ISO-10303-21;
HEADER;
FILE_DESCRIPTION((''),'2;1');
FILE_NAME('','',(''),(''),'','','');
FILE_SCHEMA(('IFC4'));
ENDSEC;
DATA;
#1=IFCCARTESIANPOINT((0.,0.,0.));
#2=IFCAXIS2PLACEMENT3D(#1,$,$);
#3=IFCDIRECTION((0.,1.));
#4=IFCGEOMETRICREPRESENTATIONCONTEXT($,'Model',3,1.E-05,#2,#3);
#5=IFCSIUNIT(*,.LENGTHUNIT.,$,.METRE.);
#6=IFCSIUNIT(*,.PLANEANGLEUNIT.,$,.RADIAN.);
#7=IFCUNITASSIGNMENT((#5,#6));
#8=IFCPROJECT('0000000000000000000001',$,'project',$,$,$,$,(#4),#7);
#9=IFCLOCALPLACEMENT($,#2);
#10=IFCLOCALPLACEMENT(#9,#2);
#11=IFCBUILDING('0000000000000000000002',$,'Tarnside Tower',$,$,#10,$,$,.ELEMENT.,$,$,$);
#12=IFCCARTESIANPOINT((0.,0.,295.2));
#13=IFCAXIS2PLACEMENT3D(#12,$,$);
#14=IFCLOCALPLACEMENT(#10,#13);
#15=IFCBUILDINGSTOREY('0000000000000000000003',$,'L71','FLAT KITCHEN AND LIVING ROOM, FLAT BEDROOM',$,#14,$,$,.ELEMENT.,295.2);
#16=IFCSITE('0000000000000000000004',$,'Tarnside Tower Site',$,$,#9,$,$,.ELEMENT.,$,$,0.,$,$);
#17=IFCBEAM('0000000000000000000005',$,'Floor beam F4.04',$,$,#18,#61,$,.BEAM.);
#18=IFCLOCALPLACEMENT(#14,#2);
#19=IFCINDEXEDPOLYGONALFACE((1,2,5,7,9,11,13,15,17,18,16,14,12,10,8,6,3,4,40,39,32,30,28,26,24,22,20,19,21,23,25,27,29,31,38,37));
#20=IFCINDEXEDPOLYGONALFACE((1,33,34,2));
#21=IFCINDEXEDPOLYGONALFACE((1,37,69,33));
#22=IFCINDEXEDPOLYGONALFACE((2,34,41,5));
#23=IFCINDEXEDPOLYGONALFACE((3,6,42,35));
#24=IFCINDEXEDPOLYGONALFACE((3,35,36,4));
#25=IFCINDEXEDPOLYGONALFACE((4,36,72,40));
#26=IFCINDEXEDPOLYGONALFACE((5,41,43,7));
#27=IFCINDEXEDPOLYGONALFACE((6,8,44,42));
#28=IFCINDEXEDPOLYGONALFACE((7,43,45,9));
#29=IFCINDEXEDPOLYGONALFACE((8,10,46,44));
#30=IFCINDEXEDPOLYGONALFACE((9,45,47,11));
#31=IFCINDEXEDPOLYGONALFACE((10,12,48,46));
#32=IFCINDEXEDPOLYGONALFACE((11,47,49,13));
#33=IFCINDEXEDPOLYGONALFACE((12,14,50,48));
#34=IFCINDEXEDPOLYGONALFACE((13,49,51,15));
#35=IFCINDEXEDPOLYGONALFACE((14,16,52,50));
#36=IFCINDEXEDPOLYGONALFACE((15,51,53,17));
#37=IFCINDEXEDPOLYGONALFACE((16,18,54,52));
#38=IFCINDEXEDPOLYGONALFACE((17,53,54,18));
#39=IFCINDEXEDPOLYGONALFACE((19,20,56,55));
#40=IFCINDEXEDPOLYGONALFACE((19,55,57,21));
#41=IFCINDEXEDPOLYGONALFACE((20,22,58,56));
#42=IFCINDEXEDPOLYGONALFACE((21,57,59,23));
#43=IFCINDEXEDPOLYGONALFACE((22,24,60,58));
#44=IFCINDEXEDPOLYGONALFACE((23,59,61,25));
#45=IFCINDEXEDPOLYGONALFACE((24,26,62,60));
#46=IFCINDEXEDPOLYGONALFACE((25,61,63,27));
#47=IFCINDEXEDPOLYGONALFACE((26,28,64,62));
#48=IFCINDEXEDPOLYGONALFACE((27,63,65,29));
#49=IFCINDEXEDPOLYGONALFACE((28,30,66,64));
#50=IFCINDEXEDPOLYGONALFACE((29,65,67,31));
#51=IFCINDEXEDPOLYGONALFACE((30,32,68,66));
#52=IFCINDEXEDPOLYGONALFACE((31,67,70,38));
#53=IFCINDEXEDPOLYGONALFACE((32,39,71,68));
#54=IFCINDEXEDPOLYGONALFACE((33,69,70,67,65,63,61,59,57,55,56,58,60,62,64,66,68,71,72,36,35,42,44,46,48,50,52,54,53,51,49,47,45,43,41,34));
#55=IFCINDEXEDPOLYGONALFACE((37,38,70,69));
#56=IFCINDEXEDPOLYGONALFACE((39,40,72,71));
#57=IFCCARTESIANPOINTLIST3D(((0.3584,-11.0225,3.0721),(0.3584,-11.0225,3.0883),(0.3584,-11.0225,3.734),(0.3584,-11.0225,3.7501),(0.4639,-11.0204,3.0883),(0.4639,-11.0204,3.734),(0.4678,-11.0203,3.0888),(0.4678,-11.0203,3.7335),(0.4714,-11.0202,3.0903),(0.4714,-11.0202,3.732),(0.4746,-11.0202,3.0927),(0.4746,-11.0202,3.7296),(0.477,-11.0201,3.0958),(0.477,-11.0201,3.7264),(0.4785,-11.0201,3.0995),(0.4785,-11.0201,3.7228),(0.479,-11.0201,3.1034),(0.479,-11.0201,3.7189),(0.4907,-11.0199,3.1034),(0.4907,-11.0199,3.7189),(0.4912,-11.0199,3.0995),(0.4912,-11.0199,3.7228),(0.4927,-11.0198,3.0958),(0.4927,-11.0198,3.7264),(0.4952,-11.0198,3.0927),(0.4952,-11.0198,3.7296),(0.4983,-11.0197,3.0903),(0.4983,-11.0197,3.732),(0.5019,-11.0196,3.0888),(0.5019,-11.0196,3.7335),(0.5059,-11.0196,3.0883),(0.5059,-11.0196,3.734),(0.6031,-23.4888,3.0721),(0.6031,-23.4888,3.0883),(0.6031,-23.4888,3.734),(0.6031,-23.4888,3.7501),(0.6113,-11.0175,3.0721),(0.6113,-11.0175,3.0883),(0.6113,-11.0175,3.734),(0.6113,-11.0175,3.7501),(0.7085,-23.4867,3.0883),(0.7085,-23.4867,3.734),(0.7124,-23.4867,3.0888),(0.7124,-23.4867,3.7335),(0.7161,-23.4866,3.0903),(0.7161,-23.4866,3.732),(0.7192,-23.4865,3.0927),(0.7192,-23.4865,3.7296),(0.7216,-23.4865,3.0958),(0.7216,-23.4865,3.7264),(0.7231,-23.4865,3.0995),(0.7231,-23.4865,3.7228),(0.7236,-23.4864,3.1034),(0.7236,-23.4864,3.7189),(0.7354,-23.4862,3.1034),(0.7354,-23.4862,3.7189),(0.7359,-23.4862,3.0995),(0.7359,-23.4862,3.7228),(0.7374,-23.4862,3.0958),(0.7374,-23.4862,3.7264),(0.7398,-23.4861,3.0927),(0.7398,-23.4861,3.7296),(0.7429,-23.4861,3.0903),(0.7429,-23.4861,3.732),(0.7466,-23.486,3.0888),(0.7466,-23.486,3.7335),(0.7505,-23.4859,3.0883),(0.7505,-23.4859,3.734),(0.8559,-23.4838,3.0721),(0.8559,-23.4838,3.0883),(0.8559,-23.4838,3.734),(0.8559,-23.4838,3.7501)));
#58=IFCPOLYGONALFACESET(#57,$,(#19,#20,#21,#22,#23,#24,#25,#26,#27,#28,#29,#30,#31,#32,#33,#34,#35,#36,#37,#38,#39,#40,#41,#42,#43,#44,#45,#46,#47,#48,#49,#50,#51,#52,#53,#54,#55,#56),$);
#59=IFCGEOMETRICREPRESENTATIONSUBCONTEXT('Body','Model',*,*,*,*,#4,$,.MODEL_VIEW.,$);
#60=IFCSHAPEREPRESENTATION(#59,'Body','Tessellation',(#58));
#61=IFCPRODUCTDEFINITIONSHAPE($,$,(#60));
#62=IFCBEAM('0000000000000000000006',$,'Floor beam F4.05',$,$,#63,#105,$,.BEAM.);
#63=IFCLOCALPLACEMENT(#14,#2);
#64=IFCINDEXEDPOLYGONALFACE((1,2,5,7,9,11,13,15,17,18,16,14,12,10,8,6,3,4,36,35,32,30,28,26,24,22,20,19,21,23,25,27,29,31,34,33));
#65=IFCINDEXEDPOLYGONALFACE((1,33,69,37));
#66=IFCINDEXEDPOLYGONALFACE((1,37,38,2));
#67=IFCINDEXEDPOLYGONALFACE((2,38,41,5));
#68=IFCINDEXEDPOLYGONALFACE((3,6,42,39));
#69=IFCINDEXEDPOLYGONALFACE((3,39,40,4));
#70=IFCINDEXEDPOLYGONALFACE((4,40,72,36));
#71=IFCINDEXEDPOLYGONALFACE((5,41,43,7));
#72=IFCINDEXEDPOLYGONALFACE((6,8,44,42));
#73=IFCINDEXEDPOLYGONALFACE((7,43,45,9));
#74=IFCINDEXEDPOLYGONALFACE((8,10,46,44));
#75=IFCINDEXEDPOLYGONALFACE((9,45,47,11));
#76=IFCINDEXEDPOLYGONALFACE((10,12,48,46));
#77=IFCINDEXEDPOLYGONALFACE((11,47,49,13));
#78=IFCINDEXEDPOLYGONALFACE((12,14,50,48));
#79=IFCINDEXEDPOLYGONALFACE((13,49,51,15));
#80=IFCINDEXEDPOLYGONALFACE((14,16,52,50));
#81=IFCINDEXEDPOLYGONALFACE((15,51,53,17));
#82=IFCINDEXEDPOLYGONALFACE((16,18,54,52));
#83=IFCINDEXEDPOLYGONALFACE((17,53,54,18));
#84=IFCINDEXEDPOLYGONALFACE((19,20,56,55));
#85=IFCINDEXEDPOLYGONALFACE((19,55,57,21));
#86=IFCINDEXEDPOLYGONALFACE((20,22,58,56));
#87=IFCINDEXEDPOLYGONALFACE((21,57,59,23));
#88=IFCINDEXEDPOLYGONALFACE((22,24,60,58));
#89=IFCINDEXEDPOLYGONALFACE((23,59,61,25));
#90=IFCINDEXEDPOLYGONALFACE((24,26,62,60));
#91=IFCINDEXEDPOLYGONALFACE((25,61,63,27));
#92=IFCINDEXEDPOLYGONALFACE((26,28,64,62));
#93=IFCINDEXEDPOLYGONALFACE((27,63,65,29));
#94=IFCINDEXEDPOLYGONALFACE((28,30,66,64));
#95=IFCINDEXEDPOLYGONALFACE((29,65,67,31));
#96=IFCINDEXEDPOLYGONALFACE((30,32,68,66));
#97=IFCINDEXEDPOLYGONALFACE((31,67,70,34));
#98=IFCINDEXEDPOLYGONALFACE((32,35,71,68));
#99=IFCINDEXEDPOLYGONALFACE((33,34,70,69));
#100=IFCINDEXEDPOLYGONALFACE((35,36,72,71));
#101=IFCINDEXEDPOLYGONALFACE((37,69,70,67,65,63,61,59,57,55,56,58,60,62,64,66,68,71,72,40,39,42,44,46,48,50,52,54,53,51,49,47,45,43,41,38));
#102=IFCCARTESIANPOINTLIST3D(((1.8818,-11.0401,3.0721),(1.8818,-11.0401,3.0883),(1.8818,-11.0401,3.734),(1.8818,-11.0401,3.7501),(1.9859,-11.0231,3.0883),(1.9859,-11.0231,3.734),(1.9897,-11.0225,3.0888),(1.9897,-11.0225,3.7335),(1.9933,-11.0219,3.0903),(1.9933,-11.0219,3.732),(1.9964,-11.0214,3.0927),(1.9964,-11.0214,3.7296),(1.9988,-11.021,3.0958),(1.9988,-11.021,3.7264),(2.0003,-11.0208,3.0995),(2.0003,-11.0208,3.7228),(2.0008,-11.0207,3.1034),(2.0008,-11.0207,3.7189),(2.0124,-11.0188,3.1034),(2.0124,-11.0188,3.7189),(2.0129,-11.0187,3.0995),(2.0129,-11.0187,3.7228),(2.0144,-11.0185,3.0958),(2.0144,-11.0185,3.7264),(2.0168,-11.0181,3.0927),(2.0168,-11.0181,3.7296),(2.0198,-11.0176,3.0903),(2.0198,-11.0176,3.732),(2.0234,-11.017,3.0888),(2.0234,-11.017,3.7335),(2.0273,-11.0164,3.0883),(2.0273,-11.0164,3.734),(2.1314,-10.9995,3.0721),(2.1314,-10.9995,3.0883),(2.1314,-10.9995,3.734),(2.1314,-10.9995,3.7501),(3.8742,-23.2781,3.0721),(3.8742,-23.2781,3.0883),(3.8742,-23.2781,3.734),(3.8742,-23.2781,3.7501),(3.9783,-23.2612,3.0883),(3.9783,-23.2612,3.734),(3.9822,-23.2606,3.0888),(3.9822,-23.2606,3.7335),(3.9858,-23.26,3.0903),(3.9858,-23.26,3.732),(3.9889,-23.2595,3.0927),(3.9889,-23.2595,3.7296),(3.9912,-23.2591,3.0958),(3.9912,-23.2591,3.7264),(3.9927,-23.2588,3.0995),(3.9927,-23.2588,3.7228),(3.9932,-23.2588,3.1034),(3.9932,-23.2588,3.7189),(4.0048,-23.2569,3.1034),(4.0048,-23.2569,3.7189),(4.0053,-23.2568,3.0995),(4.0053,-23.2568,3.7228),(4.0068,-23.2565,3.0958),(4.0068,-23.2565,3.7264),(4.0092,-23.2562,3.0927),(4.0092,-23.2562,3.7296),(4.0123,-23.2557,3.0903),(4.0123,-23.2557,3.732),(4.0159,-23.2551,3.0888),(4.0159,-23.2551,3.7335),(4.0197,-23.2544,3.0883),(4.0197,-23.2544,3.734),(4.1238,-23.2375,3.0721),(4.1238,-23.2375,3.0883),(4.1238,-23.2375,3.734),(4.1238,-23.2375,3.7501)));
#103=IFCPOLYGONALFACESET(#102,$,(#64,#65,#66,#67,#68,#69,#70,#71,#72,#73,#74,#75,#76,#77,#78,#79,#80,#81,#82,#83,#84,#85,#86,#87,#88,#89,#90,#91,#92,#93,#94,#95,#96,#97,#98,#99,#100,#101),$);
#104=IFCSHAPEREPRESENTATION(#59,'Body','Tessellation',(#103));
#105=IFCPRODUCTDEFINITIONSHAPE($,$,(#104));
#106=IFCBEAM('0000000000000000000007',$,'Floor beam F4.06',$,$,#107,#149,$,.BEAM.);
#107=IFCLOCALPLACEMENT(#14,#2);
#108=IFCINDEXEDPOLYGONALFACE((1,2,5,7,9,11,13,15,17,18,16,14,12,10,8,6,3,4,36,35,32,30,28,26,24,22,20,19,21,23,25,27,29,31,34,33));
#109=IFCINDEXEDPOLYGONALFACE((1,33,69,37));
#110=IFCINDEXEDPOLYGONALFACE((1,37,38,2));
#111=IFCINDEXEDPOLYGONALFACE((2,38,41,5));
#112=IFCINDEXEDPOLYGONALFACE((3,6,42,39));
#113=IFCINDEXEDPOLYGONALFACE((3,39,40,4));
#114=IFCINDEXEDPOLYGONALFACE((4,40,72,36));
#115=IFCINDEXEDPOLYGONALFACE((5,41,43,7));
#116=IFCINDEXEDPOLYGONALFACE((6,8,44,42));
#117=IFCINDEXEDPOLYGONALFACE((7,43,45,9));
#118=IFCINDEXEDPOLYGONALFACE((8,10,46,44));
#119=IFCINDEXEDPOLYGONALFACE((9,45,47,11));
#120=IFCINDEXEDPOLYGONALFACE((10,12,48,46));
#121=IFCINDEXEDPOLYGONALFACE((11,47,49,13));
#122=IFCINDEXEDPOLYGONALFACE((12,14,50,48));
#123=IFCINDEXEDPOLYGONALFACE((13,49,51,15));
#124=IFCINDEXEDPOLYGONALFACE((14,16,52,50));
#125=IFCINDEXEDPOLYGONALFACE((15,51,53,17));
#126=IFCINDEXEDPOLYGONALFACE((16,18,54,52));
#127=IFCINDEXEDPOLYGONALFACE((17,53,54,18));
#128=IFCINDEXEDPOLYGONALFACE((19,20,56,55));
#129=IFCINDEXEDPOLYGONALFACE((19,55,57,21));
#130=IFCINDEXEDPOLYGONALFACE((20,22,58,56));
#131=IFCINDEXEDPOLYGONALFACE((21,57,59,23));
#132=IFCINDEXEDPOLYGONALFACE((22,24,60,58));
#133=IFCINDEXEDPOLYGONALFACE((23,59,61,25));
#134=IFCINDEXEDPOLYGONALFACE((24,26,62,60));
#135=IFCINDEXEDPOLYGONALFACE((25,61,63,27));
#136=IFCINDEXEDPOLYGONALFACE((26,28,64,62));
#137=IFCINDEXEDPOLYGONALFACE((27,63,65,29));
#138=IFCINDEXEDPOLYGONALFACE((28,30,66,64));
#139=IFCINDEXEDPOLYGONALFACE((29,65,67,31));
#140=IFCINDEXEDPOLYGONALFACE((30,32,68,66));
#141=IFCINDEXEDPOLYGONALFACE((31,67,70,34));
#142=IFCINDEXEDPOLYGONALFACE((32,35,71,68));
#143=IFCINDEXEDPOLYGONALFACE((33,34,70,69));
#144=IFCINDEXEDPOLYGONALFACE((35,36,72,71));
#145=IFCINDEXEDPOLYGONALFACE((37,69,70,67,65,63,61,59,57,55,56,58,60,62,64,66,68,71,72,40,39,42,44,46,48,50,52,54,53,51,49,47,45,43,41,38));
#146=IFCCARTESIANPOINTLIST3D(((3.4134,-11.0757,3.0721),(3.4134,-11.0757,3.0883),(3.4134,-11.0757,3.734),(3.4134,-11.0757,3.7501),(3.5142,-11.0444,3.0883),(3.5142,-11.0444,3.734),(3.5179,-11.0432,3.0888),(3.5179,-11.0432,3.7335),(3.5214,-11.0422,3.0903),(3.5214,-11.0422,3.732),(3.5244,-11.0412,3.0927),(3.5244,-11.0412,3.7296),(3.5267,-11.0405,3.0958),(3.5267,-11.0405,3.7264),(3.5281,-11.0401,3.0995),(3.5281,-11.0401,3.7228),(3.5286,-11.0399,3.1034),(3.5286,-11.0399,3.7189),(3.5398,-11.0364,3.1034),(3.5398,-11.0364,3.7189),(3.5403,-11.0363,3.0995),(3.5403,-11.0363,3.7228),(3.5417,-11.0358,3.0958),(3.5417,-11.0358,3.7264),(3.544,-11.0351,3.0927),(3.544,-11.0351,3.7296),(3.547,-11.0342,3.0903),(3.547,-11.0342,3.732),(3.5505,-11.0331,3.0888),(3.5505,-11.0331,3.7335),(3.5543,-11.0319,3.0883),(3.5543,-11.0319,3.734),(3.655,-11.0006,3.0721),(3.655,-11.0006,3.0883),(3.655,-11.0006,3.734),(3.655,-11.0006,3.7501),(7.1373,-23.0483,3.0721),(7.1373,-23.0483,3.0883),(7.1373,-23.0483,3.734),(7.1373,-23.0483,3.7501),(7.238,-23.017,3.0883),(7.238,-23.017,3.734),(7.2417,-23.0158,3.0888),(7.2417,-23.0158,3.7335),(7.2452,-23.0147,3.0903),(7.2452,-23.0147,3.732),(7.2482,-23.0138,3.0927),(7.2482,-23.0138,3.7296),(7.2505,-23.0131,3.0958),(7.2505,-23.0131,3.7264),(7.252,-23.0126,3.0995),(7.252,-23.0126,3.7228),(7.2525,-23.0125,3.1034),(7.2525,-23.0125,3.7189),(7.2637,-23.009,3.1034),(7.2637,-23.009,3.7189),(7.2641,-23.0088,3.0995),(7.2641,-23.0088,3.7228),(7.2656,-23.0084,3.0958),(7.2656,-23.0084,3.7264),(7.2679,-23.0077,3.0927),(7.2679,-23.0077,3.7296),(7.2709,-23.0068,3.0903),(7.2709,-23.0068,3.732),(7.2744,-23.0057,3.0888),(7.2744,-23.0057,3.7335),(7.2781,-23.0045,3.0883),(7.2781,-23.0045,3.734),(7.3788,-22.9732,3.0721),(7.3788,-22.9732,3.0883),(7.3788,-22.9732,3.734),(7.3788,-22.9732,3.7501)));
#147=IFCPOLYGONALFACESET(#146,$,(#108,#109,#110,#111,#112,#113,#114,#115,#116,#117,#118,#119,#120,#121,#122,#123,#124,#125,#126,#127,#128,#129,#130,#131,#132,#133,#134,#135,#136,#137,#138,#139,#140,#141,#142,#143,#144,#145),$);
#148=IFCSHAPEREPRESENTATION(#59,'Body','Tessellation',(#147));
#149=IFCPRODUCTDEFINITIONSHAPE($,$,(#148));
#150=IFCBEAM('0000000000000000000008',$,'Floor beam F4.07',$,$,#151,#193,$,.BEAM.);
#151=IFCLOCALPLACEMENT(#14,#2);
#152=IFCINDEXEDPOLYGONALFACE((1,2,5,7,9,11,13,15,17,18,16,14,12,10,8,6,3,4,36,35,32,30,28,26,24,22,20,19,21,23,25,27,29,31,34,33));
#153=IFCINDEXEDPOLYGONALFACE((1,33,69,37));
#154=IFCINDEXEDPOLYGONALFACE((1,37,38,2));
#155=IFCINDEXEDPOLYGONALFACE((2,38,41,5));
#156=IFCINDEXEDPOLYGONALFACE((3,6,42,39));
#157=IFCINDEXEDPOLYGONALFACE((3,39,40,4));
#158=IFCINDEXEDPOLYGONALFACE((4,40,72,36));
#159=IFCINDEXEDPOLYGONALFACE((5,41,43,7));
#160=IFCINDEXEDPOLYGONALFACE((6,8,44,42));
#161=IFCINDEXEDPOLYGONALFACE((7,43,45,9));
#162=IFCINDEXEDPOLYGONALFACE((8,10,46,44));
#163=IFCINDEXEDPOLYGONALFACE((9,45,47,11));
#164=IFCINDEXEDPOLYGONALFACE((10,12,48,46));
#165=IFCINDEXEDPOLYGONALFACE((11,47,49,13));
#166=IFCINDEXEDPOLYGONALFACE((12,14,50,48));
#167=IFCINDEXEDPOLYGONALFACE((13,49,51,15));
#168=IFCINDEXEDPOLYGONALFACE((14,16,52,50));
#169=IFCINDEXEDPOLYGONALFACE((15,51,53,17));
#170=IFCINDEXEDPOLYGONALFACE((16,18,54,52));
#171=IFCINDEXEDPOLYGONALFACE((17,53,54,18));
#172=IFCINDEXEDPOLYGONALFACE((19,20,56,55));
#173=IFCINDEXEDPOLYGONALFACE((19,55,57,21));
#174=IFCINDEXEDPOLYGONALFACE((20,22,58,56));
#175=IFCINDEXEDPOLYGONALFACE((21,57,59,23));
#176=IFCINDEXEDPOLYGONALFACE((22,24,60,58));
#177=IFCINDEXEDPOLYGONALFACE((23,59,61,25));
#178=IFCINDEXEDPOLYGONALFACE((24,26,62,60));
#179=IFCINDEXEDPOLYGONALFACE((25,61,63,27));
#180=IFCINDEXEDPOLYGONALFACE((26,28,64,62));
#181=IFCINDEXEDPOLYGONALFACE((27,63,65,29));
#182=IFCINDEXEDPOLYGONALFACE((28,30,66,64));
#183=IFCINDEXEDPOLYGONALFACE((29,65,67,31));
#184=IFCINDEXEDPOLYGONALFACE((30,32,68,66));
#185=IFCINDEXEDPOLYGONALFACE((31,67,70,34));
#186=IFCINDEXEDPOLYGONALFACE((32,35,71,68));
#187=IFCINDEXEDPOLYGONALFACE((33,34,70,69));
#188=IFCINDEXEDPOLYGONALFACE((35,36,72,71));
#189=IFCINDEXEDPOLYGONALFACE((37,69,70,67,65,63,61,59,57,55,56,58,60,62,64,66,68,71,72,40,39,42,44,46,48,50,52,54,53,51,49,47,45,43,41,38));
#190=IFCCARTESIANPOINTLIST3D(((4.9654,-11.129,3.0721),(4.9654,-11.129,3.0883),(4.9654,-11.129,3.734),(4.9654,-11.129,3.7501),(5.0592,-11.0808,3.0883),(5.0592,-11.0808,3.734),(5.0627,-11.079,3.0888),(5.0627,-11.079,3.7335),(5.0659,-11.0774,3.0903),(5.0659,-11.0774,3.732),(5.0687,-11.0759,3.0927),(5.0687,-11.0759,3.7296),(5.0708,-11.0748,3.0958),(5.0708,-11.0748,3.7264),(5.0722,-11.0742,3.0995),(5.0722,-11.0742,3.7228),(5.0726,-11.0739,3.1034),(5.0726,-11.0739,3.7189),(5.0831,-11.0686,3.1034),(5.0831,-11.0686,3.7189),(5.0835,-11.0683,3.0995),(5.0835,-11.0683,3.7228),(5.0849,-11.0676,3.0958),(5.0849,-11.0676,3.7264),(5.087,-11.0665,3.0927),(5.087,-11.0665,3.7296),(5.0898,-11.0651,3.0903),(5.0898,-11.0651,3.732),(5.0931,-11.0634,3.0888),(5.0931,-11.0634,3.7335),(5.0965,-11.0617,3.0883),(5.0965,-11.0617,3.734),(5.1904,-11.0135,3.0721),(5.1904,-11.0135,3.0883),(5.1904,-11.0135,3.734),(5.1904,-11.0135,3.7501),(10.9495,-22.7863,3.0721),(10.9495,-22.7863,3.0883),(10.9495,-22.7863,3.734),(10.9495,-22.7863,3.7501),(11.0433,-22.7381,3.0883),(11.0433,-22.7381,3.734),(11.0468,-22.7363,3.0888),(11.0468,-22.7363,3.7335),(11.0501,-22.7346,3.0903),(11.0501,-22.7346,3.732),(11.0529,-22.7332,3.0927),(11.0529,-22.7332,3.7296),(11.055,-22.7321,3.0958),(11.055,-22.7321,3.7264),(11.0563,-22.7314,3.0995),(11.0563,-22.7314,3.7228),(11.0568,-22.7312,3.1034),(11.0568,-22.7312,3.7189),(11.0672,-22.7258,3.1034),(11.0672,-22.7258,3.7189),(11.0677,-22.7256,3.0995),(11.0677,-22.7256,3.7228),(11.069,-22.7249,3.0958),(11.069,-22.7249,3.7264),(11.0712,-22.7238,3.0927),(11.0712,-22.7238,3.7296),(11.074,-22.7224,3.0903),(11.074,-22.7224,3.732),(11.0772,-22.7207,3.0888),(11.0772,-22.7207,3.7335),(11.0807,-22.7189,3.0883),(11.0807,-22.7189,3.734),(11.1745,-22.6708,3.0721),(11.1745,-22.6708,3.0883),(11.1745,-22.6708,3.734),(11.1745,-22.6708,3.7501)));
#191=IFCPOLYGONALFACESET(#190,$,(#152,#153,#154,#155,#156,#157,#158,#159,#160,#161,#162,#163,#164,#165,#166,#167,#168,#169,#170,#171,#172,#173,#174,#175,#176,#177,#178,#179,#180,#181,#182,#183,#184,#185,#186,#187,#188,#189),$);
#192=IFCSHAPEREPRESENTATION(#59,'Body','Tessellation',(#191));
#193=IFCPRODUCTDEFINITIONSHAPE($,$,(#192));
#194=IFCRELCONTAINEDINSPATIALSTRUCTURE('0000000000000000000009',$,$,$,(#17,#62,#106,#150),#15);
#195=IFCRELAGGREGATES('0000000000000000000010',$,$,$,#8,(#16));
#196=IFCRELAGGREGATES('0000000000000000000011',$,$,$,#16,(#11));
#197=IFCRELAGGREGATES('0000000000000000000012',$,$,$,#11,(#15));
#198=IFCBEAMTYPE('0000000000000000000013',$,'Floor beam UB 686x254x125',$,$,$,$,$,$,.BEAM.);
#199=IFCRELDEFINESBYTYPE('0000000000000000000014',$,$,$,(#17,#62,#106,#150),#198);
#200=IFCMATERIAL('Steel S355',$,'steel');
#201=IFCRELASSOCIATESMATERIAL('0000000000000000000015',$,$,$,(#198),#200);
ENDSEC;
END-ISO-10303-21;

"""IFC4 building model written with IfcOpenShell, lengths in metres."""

from ifc_helpers import new_model, si_unit, direction, frame, origin, origin_2d, place, context, subcontext, project, spatial, i_section, extrude, material, material_profile, profile_set, type_object, element, save


model = new_model("IFC4")

# Units and contexts
model_context = context("Model", 3, precision=1e-05, world=origin(), true_north=direction((0.0, 1.0)))
body_context = subcontext(model_context, "Body", "Model", "MODEL_VIEW")
ifc_project = project(units=[si_unit("LENGTHUNIT", "METRE"), si_unit("PLANEANGLEUNIT", "RADIAN")], contexts=[model_context])

# Site, building, storey
site_placement = place(None, origin())
site = spatial("IfcSite", under=ifc_project, at=site_placement, Name="Tarnside Tower Site", CompositionType="ELEMENT", RefElevation=0.0)
building_placement = place(site_placement, origin())
building = spatial("IfcBuilding", under=site, at=building_placement, Name="Tarnside Tower", CompositionType="ELEMENT")
storey_placement = place(building_placement, frame((0.0, 0.0, 295.2)))
storey = spatial("IfcBuildingStorey", under=building, at=storey_placement, Name="L71", Description="FLAT KITCHEN AND LIVING ROOM, FLAT BEDROOM", CompositionType="ELEMENT", Elevation=295.2)

# Beams
ifc_material_1 = material(Name="Steel S355", Category="steel")
ifc_material_profile = material_profile(ifc_material_1, i_section(OverallWidth=0.2529, OverallDepth=0.678, WebThickness=0.0117, FlangeThickness=0.0161, FilletRadius=0.0151, at=origin_2d()), Name="UB 686x254x125")
ifc_profile_set = profile_set([ifc_material_profile], Name="Steel S355")
beam_type = type_object("IfcBeamType", Name="Floor beam UB 686x254x125", PredefinedType="BEAM", material=ifc_profile_set)
beam_1_placement = place(storey_placement, frame((0.7295, -23.4863, 3.4111), z_axis=(-0.019619, 0.999808, 0.0), x_axis=(-0.999808, -0.019619, 0.0)))
element("IfcBeam", 1, at=beam_1_placement, inside=storey, type_object=beam_type, Name="Floor beam F4.04", PredefinedType="BEAM", context=body_context, shape_type="SweptSolid", body=[
    extrude(i_section(OverallWidth=0.2529, OverallDepth=0.678, WebThickness=0.0117, FlangeThickness=0.0161, FilletRadius=0.0151, at=origin_2d()), origin(), (0.0, 0.0, 1.0), 12.4688),
])
beam_2_placement = place(storey_placement, frame((3.999, -23.2578, 3.4111), z_axis=(-0.160691, 0.987005, 0.0), x_axis=(-0.987005, -0.160691, 0.0)))
element("IfcBeam", 2, at=beam_2_placement, inside=storey, type_object=beam_type, Name="Floor beam F4.05", PredefinedType="BEAM", context=body_context, shape_type="SweptSolid", body=[
    extrude(i_section(OverallWidth=0.2529, OverallDepth=0.678, WebThickness=0.0117, FlangeThickness=0.0161, FilletRadius=0.0151, at=origin_2d()), origin(), (0.0, 0.0, 1.0), 12.3992),
])
beam_3_placement = place(storey_placement, frame((7.2581, -23.0107, 3.4111), z_axis=(-0.296998, 0.954878, 0.0), x_axis=(-0.954878, -0.296998, 0.0)))
element("IfcBeam", 3, at=beam_3_placement, inside=storey, type_object=beam_type, Name="Floor beam F4.06", PredefinedType="BEAM", context=body_context, shape_type="SweptSolid", body=[
    extrude(i_section(OverallWidth=0.2529, OverallDepth=0.678, WebThickness=0.0117, FlangeThickness=0.0161, FilletRadius=0.0151, at=origin_2d()), origin(), (0.0, 0.0, 1.0), 12.5383),
])
beam_4_placement = place(storey_placement, frame((11.062, -22.7285, 3.4111), z_axis=(-0.456683, 0.889629, 0.0), x_axis=(-0.889629, -0.456683, 0.0)))
element("IfcBeam", 4, at=beam_4_placement, inside=storey, type_object=beam_type, Name="Floor beam F4.07", PredefinedType="BEAM", context=body_context, shape_type="SweptSolid", body=[
    extrude(i_section(OverallWidth=0.2529, OverallDepth=0.678, WebThickness=0.0117, FlangeThickness=0.0161, FilletRadius=0.0151, at=origin_2d()), origin(), (0.0, 0.0, 1.0), 13.1035),
])

save(model, "model.ifc")
